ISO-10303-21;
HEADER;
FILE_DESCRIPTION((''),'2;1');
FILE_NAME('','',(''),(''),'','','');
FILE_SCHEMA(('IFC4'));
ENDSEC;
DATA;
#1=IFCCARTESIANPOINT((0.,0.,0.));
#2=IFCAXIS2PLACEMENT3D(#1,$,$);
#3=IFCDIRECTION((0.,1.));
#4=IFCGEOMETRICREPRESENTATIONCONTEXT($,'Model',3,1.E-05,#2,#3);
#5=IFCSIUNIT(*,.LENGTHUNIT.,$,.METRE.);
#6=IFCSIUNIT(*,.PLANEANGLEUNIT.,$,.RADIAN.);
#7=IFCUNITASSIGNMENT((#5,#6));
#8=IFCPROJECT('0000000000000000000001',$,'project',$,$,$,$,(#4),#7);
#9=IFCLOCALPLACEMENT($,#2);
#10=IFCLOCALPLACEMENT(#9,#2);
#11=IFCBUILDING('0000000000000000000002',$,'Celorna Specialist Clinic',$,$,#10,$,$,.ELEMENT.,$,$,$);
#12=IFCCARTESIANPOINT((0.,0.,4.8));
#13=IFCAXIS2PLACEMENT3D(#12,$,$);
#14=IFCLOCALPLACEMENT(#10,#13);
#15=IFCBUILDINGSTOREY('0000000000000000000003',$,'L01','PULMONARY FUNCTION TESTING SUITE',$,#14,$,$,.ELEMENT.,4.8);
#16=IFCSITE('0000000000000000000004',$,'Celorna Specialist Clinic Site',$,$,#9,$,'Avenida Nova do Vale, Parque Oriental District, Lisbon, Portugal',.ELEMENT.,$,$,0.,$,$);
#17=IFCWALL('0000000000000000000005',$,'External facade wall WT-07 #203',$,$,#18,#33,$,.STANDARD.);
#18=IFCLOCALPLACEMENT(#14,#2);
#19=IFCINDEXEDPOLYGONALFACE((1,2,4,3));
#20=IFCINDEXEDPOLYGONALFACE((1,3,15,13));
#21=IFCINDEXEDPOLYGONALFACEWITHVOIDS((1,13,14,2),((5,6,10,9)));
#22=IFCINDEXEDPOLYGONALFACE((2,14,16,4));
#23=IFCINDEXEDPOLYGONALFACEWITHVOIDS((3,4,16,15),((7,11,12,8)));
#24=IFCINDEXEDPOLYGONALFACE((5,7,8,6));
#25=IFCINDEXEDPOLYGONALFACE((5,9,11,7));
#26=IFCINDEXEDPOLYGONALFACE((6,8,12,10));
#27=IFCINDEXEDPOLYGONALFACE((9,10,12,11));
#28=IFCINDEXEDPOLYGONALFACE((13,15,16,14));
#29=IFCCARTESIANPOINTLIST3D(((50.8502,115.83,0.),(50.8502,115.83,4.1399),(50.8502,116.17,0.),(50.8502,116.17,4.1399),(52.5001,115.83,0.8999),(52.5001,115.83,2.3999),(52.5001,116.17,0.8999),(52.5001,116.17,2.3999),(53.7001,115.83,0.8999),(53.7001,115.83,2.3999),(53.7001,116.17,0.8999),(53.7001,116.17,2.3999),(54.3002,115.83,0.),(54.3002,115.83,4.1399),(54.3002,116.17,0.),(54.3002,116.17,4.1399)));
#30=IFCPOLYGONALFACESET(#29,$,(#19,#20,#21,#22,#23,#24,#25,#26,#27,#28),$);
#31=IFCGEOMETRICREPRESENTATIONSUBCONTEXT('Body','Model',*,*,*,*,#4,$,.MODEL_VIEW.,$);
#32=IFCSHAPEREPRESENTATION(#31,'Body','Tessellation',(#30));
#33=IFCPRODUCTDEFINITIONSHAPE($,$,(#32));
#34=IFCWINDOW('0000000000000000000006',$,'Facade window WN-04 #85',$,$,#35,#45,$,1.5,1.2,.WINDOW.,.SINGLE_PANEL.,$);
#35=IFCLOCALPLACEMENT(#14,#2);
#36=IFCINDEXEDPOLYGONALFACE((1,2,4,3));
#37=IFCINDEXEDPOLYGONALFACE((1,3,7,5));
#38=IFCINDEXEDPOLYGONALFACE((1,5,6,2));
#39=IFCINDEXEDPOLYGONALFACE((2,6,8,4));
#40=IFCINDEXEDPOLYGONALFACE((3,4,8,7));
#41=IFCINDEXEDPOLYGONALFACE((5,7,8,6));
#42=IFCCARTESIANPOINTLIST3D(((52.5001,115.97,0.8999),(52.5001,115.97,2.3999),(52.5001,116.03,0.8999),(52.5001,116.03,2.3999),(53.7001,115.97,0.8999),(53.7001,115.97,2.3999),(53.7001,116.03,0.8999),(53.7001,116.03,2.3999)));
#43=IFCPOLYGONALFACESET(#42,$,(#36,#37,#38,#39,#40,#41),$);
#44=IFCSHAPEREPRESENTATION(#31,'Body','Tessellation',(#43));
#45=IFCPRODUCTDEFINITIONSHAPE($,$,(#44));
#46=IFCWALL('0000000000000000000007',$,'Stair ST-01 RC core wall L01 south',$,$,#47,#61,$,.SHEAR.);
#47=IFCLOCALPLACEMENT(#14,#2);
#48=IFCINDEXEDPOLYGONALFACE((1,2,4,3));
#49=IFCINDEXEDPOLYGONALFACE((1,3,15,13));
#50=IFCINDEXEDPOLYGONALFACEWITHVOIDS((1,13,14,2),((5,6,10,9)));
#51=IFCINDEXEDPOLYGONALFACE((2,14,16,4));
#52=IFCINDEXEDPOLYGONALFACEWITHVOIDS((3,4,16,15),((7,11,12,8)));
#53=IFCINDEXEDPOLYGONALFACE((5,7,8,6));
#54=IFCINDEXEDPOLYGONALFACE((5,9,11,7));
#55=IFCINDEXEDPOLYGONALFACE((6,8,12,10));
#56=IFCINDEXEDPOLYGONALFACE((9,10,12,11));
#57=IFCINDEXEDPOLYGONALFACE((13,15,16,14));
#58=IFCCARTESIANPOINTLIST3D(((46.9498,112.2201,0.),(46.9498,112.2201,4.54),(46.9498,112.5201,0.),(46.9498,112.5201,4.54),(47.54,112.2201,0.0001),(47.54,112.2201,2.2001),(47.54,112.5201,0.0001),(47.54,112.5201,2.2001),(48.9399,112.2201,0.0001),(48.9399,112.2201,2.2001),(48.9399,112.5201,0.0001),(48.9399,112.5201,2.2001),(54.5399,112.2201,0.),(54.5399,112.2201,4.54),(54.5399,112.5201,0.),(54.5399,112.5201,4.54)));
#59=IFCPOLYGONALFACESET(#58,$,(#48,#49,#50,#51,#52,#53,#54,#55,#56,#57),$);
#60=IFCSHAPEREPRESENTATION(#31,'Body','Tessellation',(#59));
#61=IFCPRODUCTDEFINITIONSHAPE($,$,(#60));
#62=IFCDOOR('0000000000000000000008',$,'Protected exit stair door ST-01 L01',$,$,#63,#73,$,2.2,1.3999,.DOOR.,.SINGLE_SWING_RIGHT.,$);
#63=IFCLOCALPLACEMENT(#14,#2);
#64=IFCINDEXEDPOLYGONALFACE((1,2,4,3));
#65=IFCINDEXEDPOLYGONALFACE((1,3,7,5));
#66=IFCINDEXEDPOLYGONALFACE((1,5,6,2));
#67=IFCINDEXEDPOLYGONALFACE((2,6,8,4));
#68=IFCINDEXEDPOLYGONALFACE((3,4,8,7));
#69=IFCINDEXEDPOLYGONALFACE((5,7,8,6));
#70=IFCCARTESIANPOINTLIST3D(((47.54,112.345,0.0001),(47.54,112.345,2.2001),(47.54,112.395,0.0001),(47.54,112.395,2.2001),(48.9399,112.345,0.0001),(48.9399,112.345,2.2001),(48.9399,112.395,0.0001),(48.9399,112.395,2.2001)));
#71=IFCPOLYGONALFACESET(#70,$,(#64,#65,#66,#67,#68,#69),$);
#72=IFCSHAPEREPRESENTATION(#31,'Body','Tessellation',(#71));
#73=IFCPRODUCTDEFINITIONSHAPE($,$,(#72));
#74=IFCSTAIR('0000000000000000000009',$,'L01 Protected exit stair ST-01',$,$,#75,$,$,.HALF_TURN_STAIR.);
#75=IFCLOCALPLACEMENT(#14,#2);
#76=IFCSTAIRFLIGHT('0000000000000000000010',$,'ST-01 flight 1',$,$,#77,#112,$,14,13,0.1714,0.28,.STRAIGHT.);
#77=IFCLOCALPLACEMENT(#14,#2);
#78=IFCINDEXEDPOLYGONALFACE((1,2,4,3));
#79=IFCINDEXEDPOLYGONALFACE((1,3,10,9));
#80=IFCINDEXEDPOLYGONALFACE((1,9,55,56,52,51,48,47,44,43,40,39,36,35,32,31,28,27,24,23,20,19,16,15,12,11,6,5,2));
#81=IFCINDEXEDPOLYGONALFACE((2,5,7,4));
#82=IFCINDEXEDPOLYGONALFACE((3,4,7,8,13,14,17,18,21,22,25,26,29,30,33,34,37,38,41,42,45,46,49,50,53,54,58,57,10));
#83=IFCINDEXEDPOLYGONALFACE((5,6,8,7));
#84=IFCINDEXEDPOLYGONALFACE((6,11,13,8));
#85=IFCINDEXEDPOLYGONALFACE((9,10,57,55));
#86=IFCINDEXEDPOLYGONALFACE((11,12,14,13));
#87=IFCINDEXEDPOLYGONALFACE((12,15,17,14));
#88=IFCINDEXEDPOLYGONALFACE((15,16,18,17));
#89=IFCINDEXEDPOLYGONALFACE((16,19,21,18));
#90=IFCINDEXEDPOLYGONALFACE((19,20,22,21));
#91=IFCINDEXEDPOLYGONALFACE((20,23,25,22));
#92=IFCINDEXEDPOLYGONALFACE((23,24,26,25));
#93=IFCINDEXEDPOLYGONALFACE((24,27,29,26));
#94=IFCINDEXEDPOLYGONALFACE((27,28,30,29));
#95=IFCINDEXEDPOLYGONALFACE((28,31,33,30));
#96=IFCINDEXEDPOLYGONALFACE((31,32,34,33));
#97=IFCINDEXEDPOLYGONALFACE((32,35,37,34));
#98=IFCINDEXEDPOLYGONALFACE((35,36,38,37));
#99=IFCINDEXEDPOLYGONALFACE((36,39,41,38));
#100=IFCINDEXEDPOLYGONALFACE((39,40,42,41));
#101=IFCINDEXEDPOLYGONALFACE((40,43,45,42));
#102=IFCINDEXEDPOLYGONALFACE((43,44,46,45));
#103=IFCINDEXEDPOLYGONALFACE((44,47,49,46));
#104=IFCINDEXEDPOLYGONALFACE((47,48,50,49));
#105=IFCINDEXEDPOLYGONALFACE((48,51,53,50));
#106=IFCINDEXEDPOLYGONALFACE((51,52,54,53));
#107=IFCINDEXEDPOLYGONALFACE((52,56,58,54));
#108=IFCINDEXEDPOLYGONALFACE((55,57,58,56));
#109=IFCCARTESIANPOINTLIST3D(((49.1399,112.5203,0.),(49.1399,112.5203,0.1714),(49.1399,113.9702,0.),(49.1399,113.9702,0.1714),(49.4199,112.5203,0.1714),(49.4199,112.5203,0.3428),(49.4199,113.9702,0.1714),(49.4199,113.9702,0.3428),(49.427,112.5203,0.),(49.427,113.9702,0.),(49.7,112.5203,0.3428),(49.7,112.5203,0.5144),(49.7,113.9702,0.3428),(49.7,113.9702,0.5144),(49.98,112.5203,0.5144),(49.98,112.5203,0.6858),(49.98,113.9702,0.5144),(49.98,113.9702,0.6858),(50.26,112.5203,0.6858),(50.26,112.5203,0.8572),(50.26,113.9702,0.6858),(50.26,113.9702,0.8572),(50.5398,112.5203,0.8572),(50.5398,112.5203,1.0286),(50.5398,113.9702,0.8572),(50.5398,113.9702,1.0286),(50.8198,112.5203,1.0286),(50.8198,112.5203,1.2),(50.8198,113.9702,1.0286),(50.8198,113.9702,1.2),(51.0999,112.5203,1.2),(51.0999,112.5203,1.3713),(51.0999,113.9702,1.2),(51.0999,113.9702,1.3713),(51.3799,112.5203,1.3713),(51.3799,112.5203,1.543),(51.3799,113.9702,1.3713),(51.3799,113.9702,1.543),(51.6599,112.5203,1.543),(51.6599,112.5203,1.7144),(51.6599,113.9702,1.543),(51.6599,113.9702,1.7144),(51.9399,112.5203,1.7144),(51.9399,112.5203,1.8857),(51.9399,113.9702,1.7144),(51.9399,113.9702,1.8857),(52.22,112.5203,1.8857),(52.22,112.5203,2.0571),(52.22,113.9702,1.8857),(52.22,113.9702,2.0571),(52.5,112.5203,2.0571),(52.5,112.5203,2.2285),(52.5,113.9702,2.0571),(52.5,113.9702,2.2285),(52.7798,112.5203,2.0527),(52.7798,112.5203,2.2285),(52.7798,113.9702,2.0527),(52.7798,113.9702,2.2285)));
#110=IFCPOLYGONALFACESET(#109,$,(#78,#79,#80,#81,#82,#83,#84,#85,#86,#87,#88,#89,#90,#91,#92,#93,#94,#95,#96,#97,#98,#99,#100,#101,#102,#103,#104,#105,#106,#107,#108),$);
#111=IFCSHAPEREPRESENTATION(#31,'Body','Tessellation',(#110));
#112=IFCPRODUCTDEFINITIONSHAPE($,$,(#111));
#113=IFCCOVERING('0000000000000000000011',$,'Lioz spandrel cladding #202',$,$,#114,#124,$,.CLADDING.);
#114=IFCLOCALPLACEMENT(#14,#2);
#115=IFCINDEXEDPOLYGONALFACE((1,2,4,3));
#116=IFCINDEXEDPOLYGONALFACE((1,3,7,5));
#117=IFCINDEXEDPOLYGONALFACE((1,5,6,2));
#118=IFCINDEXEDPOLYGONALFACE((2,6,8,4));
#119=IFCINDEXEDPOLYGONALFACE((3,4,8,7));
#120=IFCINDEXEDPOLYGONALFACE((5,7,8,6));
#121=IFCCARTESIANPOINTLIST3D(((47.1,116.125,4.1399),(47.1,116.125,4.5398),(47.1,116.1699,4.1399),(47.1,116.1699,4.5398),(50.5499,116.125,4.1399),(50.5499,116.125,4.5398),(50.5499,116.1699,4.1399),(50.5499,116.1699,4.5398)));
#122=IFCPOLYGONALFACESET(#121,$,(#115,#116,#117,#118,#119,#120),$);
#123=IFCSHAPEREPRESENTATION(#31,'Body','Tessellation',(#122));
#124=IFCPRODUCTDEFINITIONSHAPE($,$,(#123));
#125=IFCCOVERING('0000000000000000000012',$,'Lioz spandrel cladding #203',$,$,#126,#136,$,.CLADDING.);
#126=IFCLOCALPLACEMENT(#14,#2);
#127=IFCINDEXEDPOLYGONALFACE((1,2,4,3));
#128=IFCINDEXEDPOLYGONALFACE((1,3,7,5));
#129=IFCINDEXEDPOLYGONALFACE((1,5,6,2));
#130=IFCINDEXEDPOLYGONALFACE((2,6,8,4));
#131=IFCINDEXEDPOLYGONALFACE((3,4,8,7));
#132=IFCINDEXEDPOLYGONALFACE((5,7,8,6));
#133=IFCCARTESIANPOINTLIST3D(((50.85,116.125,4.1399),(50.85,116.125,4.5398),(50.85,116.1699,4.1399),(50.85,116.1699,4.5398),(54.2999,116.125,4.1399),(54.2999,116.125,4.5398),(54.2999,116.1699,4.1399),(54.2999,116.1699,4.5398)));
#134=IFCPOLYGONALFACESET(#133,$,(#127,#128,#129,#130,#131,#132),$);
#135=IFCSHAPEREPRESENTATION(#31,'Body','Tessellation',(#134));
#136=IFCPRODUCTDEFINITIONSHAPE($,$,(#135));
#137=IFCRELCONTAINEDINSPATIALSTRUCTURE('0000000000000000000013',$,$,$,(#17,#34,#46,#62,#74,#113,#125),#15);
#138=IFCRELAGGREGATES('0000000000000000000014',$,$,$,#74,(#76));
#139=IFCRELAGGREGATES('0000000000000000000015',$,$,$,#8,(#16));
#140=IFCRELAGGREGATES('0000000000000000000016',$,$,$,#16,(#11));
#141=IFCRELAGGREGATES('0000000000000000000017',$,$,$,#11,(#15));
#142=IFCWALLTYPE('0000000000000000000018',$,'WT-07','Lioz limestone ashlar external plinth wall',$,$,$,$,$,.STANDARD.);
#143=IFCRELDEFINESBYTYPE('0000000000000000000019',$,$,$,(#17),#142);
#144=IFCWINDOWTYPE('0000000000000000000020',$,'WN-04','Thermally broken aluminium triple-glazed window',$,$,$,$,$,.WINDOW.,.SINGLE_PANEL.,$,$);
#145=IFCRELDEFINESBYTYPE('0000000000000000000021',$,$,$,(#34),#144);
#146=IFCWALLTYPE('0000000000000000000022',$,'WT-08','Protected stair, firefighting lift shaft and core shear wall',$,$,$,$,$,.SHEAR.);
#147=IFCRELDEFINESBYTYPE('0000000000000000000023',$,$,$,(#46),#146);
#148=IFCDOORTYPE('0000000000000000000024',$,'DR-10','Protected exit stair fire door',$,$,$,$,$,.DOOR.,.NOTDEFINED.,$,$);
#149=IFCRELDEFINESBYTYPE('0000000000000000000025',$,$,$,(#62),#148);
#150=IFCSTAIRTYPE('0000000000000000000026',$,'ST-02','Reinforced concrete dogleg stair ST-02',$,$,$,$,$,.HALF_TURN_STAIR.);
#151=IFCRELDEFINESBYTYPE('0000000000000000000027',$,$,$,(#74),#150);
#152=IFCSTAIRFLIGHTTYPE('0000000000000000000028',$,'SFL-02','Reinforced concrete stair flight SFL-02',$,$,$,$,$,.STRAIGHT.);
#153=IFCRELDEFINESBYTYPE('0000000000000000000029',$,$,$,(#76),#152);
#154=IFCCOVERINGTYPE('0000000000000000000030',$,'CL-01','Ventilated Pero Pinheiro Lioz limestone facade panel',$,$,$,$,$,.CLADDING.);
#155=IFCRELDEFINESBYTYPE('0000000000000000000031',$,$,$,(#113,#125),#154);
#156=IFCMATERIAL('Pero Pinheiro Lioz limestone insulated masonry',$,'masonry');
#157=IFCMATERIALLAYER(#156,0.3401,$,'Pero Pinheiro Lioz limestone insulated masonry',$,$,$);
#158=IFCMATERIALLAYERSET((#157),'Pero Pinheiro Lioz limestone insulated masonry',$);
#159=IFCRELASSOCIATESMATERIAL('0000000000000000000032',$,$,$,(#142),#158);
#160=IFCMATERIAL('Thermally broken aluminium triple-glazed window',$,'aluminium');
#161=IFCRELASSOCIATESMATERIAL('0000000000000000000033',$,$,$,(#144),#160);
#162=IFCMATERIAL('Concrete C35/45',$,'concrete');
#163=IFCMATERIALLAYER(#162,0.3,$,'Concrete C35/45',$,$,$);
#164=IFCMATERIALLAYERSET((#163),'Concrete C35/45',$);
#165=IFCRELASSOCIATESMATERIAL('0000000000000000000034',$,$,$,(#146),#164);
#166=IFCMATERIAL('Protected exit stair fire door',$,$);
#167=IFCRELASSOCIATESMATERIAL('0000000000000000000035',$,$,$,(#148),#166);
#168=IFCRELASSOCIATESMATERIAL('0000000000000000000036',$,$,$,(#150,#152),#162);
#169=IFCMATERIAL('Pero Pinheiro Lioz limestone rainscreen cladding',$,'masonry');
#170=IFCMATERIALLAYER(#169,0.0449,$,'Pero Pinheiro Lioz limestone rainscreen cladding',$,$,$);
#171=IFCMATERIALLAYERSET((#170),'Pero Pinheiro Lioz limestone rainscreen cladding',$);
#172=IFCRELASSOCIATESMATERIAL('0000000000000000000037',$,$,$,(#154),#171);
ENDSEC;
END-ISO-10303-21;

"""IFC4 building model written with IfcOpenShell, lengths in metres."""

from ifc_helpers import new_model, si_unit, direction, frame, frame_2d, origin, origin_2d, place, context, subcontext, project, spatial, polyline, rectangle, outline, extrude, material, layer, layer_set, type_object, element, fill, aggregate, save


model = new_model("IFC4")

# Units and contexts
model_context = context("Model", 3, precision=1e-05, world=origin(), true_north=direction((0.0, 1.0)))
body_context = subcontext(model_context, "Body", "Model", "MODEL_VIEW")
ifc_project = project(units=[si_unit("LENGTHUNIT", "METRE"), si_unit("PLANEANGLEUNIT", "RADIAN")], contexts=[model_context])

# Site, building, storey
site_placement = place(None, origin())
site = spatial("IfcSite", under=ifc_project, at=site_placement, Name="Celorna Specialist Clinic Site", LongName="Avenida Nova do Vale, Parque Oriental District, Lisbon, Portugal", CompositionType="ELEMENT", RefElevation=0.0)
building_placement = place(site_placement, origin())
building = spatial("IfcBuilding", under=site, at=building_placement, Name="Celorna Specialist Clinic", CompositionType="ELEMENT")
storey_placement = place(building_placement, frame((0.0, 0.0, 4.8)))
storey = spatial("IfcBuildingStorey", under=building, at=storey_placement, Name="L01", Description="PULMONARY FUNCTION TESTING SUITE", CompositionType="ELEMENT", Elevation=4.8)

# Shared definitions
ifc_material_1 = material(Name="Concrete C35/45", Category="concrete")

# Wall, opening, window
ifc_material_2 = material(Name="Pero Pinheiro Lioz limestone insulated masonry", Category="masonry")
ifc_layer_1 = layer(ifc_material_2, 0.3401, Name="Pero Pinheiro Lioz limestone insulated masonry")
ifc_layer_set_1 = layer_set([ifc_layer_1], Name="Pero Pinheiro Lioz limestone insulated masonry")
wall_type_1 = type_object("IfcWallType", Name="WT-07", Description="Lioz limestone ashlar external plinth wall", PredefinedType="STANDARD", material=ifc_layer_set_1)
ifc_material_3 = material(Name="Thermally broken aluminium triple-glazed window", Category="aluminium")
wall_1_placement = place(storey_placement, frame((50.8501, 116.0, 0.0), z_axis=(0.0, 0.0, 1.0), x_axis=(1.0, 0.0, 0.0)))
wall_1 = element("IfcWall", 1, at=wall_1_placement, inside=storey, type_object=wall_type_1, Name="External facade wall WT-07 #203", PredefinedType="STANDARD", context=body_context, shape_type="SweptSolid", body=[
    extrude(rectangle(XDim=3.45, YDim=0.3401, at=frame_2d((1.7251, 0.0))), origin(), (0.0, 0.0, 1.0), 4.1399),
])
opening_1_placement = place(wall_1_placement, frame((1.6499, 0.0, 0.8999)))
opening_1 = element("IfcOpeningElement", 2, at=opening_1_placement, cuts=wall_1, PredefinedType="OPENING", context=body_context, shape_type="SweptSolid", body=[
    extrude(rectangle(XDim=1.2, YDim=1.5, at=frame_2d((0.6001, 0.75))), frame((0.0, 0.1799, 0.0), z_axis=(0.0, -1.0, 0.0), x_axis=(1.0, 0.0, 0.0)), (0.0, 0.0, 1.0), 0.3601),
])
window_type_1 = type_object("IfcWindowType", Name="WN-04", Description="Thermally broken aluminium triple-glazed window", PartitioningType="SINGLE_PANEL", PredefinedType="WINDOW", material=ifc_material_3)
window_1_placement = place(opening_1_placement, origin())
window_1 = element("IfcWindow", 3, at=window_1_placement, inside=storey, type_object=window_type_1, Name="Facade window WN-04 #85", OverallHeight=1.5, OverallWidth=1.2, PartitioningType="SINGLE_PANEL", PredefinedType="WINDOW", context=body_context, shape_type="SweptSolid", body=[
    extrude(rectangle(XDim=1.2, YDim=1.5, at=frame_2d((0.6001, 0.75))), frame((0.0, 0.03, 0.0), z_axis=(0.0, -1.0, 0.0), x_axis=(1.0, 0.0, 0.0)), (0.0, 0.0, 1.0), 0.0601),
])
fill(opening_1, window_1)

# Wall, opening, door
ifc_layer_2 = layer(ifc_material_1, 0.3, Name="Concrete C35/45")
ifc_layer_set_2 = layer_set([ifc_layer_2], Name="Concrete C35/45")
wall_type_2 = type_object("IfcWallType", Name="WT-08", Description="Protected stair, firefighting lift shaft and core shear wall", PredefinedType="SHEAR", material=ifc_layer_set_2)
wall_2_placement = place(storey_placement, frame((46.95, 112.3701, 0.0), z_axis=(0.0, 0.0, 1.0), x_axis=(1.0, 0.0, 0.0)))
wall_2 = element("IfcWall", 4, at=wall_2_placement, inside=storey, type_object=wall_type_2, Name="Stair ST-01 RC core wall L01 south", PredefinedType="SHEAR", context=body_context, shape_type="SweptSolid", body=[
    extrude(rectangle(XDim=7.5901, YDim=0.3, at=frame_2d((3.7949, 0.0))), origin(), (0.0, 0.0, 1.0), 4.54),
])
opening_2_placement = place(wall_2_placement, frame((0.5901, 0.0, 0.0)))
opening_2 = element("IfcOpeningElement", 5, at=opening_2_placement, cuts=wall_2, PredefinedType="OPENING", context=body_context, shape_type="SweptSolid", body=[
    extrude(rectangle(XDim=1.3999, YDim=2.2, at=frame_2d((0.7, 1.1001))), frame((0.0, 0.1599, 0.0), z_axis=(0.0, -1.0, 0.0), x_axis=(1.0, 0.0, 0.0)), (0.0, 0.0, 1.0), 0.3201),
])
ifc_material_4 = material(Name="Protected exit stair fire door")
door_type = type_object("IfcDoorType", Name="DR-10", Description="Protected exit stair fire door", OperationType="NOTDEFINED", PredefinedType="DOOR", material=ifc_material_4)
door_placement = place(opening_2_placement, origin())
door = element("IfcDoor", 6, at=door_placement, inside=storey, type_object=door_type, Name="Protected exit stair door ST-01 L01", OperationType="SINGLE_SWING_RIGHT", OverallHeight=2.2, OverallWidth=1.3999, PredefinedType="DOOR", context=body_context, shape_type="SweptSolid", body=[
    extrude(rectangle(XDim=1.3999, YDim=2.2, at=frame_2d((0.7, 1.1001))), frame((0.0, 0.0249, 0.0), z_axis=(0.0, -1.0, 0.0), x_axis=(1.0, 0.0, 0.0)), (0.0, 0.0, 1.0), 0.05),
])
fill(opening_2, door)

# Stair, stair flight
stair_type = type_object("IfcStairType", Name="ST-02", Description="Reinforced concrete dogleg stair ST-02", PredefinedType="HALF_TURN_STAIR", material=ifc_material_1)
stair_placement = place(storey_placement, origin())
stair = element("IfcStair", 7, at=stair_placement, inside=storey, type_object=stair_type, Name="L01 Protected exit stair ST-01", PredefinedType="HALF_TURN_STAIR")
stair_flight_type = type_object("IfcStairFlightType", Name="SFL-02", Description="Reinforced concrete stair flight SFL-02", PredefinedType="STRAIGHT", material=ifc_material_1)
stair_flight_placement = place(storey_placement, frame((49.1399, 113.2451, 0.0), z_axis=(0.0, 0.0, 1.0), x_axis=(1.0, 0.0, 0.0)))
stair_flight = element("IfcStairFlight", 8, at=stair_flight_placement, type_object=stair_flight_type, Name="ST-01 flight 1", NumberOfRisers=14, NumberOfTreads=13, PredefinedType="STRAIGHT", RiserHeight=0.1714, TreadLength=0.28, context=body_context, shape_type="SweptSolid", body=[
    extrude(outline(polyline([(0.0, 0.0), (0.0, 0.1714), (0.28, 0.1714), (0.28, 0.3428), (0.5601, 0.3428), (0.5601, 0.5144), (0.8401, 0.5144), (0.8401, 0.6858), (1.1201, 0.6858), (1.1201, 0.8572), (1.3999, 0.8572), (1.3999, 1.0286), (1.6799, 1.0286), (1.6799, 1.2), (1.96, 1.2), (1.96, 1.3713), (2.24, 1.3713), (2.24, 1.543), (2.52, 1.543), (2.52, 1.7144), (2.8, 1.7144), (2.8, 1.8857), (3.0801, 1.8857), (3.0801, 2.0571), (3.3601, 2.0571), (3.3601, 2.2285), (3.6399, 2.2285), (3.6399, 2.3999), (3.6399, 2.0527), (0.2871, 0.0), (0.0, 0.0)])), frame((0.0, 0.7251, 0.0), z_axis=(0.0, -1.0, 0.0), x_axis=(1.0, 0.0, 0.0)), (0.0, 0.0, 1.0), 1.45),
])
aggregate(stair, [stair_flight])

# Coverings
ifc_material_5 = material(Name="Pero Pinheiro Lioz limestone rainscreen cladding", Category="masonry")
ifc_layer_3 = layer(ifc_material_5, 0.0449, Name="Pero Pinheiro Lioz limestone rainscreen cladding")
ifc_layer_set_3 = layer_set([ifc_layer_3], Name="Pero Pinheiro Lioz limestone rainscreen cladding")
covering_type = type_object("IfcCoveringType", Name="CL-01", Description="Ventilated Pero Pinheiro Lioz limestone facade panel", PredefinedType="CLADDING", material=ifc_layer_set_3)
for number, where, z_axis, x_axis, name in (
    (9, (48.825, 116.1475, 4.1399), (0.0, 0.0, 1.0), (1.0, 0.0, 0.0), "Lioz spandrel cladding #202"),
    (10, (52.575, 116.1475, 4.1399), (0.0, 0.0, 1.0), (1.0, 0.0, 0.0), "Lioz spandrel cladding #203"),
):
    element("IfcCovering", number, at=place(storey_placement, frame(where, z_axis=z_axis, x_axis=x_axis)), inside=storey, type_object=covering_type, Name=name, PredefinedType="CLADDING", context=body_context, shape_type="SweptSolid", body=[
        extrude(rectangle(XDim=3.45, YDim=0.0449, at=origin_2d()), origin(), (0.0, 0.0, 1.0), 0.3999),
    ])

save(model, "model.ifc")
